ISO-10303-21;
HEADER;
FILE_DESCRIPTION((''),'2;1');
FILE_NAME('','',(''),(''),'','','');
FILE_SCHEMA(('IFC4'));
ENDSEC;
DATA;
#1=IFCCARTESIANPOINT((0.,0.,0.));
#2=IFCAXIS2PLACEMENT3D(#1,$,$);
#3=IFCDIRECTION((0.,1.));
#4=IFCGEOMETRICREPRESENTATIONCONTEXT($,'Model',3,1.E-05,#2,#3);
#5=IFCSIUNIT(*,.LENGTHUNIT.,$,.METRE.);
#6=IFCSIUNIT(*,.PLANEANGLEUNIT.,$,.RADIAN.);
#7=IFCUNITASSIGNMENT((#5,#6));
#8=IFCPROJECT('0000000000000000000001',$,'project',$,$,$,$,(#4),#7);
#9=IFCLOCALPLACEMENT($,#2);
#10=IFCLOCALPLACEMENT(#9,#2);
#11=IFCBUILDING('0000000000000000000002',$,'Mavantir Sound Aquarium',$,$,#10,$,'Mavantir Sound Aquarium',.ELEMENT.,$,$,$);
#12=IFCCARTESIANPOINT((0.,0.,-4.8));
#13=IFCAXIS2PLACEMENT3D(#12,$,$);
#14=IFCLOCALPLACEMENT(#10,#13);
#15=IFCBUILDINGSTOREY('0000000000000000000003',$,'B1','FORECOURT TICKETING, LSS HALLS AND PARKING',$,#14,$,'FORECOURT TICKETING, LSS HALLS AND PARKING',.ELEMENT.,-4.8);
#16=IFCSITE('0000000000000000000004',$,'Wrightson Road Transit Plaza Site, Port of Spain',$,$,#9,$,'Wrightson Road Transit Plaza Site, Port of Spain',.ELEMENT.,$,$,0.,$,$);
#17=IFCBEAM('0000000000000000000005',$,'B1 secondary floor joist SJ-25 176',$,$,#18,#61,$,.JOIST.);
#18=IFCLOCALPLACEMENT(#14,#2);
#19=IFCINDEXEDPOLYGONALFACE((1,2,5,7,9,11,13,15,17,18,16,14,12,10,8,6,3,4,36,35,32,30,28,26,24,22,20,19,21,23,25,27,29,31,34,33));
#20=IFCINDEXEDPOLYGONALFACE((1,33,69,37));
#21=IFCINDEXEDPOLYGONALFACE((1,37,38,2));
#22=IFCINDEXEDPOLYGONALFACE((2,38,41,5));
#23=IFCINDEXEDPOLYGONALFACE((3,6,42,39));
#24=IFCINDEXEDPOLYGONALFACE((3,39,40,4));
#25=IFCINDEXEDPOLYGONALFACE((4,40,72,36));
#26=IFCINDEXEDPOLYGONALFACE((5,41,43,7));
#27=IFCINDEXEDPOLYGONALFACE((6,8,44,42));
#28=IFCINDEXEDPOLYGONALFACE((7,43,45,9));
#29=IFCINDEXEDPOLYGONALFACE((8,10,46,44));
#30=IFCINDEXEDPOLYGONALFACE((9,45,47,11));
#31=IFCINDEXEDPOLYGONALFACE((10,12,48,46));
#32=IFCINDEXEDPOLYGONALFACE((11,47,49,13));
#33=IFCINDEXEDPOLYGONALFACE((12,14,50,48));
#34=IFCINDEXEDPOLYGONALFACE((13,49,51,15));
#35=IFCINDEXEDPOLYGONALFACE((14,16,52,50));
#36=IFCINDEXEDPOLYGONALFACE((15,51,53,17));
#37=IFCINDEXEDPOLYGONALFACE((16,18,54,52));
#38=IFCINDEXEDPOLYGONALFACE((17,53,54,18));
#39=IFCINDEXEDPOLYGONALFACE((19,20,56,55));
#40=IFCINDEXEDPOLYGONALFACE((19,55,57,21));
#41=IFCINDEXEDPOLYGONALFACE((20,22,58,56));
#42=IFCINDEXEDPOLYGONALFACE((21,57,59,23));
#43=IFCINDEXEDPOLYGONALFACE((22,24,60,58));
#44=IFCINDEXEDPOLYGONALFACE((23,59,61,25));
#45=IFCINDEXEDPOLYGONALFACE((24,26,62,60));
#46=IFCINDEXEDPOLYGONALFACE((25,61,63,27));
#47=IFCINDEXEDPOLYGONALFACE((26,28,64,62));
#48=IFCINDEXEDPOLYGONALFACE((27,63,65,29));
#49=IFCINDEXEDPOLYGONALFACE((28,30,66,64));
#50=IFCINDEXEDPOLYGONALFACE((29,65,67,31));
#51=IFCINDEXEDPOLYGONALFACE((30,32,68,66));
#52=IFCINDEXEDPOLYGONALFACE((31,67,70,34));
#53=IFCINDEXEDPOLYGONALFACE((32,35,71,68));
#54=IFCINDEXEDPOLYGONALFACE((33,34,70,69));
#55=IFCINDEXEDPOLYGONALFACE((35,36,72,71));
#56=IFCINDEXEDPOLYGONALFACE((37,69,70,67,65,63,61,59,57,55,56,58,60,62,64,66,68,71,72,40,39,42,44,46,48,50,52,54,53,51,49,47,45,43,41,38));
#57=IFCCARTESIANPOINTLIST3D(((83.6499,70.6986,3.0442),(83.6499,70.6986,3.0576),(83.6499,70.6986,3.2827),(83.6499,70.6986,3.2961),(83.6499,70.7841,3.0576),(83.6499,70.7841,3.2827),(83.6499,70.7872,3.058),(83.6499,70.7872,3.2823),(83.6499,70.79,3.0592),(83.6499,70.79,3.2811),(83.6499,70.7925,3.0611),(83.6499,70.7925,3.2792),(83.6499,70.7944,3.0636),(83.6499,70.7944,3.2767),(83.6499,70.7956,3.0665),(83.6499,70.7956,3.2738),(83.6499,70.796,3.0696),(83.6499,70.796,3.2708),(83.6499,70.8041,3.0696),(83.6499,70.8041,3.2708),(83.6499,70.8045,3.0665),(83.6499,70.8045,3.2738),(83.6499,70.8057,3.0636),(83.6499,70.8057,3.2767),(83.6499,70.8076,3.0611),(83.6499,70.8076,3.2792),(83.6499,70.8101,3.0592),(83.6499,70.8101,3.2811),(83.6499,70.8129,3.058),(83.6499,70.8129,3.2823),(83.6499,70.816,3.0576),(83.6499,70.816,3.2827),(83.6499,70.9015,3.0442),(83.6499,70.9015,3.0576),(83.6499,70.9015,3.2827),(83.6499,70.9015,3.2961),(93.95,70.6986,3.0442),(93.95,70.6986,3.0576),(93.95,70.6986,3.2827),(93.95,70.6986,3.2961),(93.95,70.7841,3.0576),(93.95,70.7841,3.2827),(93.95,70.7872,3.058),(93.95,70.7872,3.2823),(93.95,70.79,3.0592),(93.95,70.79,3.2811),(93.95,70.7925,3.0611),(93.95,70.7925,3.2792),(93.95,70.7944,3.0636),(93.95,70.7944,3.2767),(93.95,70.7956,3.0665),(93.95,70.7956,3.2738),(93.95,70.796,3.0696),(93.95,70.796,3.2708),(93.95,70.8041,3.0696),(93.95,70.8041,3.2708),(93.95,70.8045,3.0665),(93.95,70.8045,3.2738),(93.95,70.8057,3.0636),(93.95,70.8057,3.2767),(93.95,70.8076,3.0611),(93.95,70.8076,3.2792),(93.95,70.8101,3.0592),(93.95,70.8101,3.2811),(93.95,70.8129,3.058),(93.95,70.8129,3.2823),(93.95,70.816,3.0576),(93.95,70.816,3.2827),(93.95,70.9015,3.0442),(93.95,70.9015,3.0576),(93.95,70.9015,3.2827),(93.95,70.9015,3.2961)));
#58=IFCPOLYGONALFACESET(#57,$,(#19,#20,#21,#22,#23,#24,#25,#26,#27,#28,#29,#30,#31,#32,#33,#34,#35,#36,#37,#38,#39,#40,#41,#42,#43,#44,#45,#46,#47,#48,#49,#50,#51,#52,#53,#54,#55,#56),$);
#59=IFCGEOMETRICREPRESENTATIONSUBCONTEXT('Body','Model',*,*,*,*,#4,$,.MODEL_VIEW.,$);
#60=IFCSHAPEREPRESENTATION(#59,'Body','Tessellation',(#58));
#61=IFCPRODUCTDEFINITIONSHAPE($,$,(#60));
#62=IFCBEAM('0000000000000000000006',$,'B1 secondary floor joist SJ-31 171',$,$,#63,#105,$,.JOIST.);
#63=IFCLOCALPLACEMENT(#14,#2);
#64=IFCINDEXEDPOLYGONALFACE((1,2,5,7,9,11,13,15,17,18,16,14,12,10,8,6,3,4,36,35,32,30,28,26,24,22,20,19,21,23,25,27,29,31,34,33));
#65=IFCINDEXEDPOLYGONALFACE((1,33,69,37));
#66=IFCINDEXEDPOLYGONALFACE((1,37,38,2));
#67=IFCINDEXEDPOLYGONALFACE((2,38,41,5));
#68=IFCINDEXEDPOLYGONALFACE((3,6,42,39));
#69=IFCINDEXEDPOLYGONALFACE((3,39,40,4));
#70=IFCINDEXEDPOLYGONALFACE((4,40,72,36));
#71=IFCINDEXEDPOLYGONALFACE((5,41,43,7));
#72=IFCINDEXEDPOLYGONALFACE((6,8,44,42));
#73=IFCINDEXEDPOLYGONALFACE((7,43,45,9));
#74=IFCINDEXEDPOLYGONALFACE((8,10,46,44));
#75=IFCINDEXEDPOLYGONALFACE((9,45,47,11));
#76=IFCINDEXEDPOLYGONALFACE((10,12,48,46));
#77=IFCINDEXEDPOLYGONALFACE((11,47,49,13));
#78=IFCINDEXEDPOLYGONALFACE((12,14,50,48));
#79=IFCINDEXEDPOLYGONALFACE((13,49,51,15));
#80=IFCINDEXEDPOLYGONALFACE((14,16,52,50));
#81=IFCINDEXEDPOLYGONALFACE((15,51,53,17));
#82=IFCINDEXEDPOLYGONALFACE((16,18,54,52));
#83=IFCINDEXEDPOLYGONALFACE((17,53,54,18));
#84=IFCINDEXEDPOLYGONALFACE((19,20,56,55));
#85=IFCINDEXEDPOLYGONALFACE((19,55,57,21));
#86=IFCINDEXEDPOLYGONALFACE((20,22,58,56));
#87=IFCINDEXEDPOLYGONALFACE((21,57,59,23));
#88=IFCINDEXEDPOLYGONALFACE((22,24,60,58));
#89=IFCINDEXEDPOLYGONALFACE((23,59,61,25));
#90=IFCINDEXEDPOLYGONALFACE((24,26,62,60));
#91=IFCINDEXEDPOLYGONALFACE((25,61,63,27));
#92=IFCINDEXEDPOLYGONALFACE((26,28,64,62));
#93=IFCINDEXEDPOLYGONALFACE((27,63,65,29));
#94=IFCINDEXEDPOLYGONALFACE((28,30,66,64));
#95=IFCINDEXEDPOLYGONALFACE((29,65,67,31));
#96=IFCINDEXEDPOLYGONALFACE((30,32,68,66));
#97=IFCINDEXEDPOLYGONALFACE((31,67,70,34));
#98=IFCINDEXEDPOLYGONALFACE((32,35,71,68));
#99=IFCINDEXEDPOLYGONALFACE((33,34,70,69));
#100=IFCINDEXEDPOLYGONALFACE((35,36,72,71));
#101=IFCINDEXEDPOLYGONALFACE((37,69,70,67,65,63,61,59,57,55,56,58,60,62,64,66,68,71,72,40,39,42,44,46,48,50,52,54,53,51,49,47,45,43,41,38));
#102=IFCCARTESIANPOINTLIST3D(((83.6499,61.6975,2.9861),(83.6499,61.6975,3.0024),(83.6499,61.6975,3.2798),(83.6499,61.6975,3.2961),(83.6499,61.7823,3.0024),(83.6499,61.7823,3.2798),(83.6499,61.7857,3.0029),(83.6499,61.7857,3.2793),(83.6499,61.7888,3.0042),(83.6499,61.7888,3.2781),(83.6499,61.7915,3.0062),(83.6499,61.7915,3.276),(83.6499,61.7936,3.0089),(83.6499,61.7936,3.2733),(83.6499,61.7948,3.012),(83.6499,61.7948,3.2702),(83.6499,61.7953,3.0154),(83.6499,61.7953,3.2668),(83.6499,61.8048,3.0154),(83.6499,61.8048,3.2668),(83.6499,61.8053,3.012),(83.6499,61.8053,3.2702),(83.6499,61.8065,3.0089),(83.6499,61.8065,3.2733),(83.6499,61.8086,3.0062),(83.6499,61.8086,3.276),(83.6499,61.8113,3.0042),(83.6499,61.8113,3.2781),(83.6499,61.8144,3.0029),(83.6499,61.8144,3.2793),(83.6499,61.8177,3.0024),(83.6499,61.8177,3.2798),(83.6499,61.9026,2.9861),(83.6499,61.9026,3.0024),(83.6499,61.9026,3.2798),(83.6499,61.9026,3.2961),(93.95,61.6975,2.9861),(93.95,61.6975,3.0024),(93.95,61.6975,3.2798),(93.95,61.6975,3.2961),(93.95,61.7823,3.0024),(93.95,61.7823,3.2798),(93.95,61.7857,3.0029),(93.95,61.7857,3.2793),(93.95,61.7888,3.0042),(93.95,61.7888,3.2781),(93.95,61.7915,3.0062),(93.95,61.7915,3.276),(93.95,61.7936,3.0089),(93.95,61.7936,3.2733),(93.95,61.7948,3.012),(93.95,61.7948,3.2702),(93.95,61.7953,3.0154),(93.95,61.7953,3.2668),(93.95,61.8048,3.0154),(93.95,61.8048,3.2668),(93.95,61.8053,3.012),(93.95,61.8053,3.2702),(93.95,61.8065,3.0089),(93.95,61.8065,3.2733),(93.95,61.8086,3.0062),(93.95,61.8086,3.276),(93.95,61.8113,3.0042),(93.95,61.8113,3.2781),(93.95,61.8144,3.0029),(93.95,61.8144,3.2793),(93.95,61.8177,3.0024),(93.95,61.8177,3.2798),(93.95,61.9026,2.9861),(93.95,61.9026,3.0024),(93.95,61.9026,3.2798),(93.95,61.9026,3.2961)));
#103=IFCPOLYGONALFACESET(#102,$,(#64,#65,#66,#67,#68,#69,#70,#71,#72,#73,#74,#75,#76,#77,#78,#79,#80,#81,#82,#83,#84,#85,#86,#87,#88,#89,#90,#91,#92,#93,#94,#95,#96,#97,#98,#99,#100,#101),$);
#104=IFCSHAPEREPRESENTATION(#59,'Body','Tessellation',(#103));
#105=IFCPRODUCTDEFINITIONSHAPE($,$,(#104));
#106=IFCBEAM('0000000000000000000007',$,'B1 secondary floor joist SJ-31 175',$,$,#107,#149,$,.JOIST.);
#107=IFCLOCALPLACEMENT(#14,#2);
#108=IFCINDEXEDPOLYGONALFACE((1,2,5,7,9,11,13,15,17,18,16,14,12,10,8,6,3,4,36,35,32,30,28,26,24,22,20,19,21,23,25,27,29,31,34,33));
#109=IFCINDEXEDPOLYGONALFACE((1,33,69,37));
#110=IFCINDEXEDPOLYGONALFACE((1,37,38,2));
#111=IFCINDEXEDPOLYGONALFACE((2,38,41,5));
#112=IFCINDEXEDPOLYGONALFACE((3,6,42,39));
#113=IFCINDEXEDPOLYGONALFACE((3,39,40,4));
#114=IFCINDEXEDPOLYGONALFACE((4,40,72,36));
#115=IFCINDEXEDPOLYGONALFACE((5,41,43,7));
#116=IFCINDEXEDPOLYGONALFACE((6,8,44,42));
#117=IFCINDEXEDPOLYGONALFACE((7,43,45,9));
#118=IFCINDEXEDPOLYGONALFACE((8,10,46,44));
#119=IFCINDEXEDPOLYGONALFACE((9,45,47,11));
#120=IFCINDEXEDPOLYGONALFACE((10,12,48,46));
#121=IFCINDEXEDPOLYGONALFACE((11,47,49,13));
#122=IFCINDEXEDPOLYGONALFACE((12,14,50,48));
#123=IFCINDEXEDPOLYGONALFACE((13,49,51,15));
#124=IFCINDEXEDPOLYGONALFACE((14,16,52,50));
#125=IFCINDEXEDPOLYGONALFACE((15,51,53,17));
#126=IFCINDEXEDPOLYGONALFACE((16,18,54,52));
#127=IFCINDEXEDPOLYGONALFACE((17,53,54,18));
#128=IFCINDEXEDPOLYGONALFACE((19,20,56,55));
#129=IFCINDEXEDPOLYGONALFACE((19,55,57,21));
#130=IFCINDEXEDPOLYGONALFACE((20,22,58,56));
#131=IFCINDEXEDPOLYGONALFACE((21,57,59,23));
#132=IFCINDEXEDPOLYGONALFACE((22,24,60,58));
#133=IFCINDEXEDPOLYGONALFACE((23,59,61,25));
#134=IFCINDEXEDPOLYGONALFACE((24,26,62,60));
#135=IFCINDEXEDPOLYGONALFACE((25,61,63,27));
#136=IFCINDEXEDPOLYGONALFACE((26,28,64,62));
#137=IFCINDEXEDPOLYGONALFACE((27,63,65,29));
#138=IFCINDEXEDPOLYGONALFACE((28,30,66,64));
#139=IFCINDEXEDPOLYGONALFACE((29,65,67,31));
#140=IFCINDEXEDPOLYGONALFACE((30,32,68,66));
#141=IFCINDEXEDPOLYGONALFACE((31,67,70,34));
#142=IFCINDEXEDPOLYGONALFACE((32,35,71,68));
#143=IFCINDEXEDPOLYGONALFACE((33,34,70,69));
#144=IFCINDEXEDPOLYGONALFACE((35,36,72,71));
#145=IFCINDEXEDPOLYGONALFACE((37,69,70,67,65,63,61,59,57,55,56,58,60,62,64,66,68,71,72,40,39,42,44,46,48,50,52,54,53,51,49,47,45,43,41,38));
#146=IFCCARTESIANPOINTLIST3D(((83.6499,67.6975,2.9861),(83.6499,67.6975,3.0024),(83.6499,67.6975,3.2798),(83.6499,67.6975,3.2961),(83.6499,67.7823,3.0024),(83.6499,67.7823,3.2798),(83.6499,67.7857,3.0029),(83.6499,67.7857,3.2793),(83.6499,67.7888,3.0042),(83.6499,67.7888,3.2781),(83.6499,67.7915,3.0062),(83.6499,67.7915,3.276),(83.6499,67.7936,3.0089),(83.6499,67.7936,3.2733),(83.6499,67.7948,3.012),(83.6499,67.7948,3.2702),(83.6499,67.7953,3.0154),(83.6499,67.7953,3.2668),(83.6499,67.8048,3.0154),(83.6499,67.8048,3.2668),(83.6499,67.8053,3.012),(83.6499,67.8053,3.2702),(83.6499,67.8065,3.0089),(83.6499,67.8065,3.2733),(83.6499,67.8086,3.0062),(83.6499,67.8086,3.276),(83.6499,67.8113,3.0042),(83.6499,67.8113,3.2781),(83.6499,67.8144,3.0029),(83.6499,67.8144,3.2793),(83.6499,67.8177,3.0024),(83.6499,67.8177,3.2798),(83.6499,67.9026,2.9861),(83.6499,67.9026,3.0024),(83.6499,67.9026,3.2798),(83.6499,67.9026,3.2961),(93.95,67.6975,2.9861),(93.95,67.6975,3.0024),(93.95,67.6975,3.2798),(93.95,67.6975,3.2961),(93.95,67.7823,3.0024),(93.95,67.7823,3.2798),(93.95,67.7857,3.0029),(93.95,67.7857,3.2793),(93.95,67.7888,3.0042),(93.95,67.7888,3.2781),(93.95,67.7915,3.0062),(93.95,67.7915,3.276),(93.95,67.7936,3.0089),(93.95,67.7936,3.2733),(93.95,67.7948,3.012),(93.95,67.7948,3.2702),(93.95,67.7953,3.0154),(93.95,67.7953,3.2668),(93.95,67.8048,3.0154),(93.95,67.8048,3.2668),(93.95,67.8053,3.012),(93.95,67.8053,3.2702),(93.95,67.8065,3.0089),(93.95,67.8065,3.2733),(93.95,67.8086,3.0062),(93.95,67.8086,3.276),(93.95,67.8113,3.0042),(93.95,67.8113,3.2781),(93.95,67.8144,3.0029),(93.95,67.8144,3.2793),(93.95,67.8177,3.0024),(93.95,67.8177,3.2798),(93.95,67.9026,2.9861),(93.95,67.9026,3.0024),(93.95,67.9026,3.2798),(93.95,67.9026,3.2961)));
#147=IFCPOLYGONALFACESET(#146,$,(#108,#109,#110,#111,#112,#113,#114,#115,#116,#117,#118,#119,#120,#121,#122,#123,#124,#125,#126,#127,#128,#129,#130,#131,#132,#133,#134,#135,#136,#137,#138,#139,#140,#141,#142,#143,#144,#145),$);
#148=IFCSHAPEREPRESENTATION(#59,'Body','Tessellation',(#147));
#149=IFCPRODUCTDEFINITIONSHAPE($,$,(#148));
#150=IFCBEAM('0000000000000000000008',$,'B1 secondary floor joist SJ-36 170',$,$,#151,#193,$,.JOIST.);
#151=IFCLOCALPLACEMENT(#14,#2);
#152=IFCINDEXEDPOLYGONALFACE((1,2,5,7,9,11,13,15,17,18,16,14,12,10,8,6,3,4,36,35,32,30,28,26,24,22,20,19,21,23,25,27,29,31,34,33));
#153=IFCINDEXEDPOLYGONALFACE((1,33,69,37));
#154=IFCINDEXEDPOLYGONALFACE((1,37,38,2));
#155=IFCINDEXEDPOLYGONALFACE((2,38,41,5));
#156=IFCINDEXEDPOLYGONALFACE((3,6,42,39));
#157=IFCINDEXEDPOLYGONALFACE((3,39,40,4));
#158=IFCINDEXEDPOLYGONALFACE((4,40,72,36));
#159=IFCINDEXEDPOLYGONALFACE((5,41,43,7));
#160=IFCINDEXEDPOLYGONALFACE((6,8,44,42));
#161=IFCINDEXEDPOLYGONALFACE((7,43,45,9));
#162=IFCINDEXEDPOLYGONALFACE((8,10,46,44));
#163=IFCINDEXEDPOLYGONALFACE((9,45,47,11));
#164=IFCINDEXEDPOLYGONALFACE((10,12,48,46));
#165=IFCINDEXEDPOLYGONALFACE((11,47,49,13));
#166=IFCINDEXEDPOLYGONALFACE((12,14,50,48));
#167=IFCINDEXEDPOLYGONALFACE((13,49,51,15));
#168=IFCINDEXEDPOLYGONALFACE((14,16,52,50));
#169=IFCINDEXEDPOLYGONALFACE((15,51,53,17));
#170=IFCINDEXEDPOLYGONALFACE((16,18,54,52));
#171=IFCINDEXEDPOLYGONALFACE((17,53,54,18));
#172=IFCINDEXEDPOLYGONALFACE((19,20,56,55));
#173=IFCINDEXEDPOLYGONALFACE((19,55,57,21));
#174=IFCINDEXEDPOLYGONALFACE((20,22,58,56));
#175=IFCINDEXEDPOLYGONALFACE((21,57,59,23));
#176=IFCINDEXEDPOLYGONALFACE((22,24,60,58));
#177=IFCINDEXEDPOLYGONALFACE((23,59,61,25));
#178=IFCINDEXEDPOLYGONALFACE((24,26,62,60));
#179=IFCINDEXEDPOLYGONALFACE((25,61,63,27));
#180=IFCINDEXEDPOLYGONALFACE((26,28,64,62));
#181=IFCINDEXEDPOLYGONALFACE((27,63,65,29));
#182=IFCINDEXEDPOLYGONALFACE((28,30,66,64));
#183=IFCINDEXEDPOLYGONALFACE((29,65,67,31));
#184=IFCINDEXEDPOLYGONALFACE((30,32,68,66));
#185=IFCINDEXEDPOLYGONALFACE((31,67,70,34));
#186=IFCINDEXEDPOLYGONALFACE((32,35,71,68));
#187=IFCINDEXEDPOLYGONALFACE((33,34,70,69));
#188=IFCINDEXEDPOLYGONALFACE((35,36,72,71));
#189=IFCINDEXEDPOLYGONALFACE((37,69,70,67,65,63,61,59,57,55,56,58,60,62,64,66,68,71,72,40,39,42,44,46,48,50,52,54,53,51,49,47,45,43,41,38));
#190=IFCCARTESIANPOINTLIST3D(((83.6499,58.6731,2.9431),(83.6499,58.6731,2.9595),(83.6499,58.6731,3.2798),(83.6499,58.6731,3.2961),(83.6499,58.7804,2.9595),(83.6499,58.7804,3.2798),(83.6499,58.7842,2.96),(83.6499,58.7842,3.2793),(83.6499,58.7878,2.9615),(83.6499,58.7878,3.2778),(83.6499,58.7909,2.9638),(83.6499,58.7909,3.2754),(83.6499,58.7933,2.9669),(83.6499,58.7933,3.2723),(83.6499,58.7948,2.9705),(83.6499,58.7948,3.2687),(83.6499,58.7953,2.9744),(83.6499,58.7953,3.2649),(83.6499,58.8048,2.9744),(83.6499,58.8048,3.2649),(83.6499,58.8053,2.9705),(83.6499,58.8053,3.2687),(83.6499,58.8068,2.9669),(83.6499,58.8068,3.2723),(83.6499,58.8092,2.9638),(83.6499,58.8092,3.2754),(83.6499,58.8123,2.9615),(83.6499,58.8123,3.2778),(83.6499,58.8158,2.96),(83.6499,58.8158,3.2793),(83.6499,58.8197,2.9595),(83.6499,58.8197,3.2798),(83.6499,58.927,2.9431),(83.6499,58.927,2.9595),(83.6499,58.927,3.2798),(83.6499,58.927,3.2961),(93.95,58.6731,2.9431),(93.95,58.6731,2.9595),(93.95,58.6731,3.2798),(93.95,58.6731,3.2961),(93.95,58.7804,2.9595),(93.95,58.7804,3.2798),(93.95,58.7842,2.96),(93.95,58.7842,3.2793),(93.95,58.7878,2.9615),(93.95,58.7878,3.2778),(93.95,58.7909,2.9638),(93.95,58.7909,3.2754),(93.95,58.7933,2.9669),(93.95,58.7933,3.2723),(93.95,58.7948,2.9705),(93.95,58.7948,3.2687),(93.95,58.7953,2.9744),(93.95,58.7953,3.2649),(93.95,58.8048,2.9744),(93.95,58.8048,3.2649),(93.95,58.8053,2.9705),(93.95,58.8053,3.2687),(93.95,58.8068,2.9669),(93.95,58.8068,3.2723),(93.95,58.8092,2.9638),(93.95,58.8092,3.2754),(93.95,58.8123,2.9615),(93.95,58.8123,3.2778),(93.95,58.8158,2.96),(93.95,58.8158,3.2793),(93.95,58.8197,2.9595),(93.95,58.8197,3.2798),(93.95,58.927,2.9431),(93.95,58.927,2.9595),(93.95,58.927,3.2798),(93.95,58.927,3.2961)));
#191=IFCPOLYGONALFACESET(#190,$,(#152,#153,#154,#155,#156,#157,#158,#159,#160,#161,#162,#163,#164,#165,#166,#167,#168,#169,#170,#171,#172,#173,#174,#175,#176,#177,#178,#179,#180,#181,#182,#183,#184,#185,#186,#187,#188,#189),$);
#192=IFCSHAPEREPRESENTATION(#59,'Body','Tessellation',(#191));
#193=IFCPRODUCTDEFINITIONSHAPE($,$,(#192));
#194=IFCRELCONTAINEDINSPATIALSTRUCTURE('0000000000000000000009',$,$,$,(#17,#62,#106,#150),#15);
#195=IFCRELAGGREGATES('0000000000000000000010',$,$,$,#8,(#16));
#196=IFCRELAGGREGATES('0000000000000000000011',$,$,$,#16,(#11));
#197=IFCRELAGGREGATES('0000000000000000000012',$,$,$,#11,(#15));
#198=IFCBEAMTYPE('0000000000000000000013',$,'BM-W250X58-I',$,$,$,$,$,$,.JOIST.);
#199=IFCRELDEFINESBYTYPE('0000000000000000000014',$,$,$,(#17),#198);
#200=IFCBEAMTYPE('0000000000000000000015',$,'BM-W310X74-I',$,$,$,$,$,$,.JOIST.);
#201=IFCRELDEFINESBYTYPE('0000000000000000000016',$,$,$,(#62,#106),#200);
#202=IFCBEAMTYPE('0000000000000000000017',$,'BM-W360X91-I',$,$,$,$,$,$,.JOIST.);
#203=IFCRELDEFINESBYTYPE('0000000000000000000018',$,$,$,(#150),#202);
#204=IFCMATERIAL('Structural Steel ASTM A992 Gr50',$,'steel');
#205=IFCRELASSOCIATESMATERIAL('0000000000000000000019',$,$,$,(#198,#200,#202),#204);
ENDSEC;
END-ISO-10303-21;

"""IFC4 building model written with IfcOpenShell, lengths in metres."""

from ifc_helpers import new_model, si_unit, direction, frame, origin, origin_2d, place, context, subcontext, project, spatial, i_section, extrude, material, material_profile, profile_set, type_object, element, save


model = new_model("IFC4")

# Units and contexts
model_context = context("Model", 3, precision=1e-05, world=origin(), true_north=direction((0.0, 1.0)))
body_context = subcontext(model_context, "Body", "Model", "MODEL_VIEW")
ifc_project = project(units=[si_unit("LENGTHUNIT", "METRE"), si_unit("PLANEANGLEUNIT", "RADIAN")], contexts=[model_context])

# Site, building, storey
site_placement = place(None, origin())
site = spatial("IfcSite", under=ifc_project, at=site_placement, Name="Wrightson Road Transit Plaza Site, Port of Spain", LongName="Wrightson Road Transit Plaza Site, Port of Spain", CompositionType="ELEMENT", RefElevation=0.0)
building_placement = place(site_placement, origin())
building = spatial("IfcBuilding", under=site, at=building_placement, Name="Mavantir Sound Aquarium", LongName="Mavantir Sound Aquarium", CompositionType="ELEMENT")
storey_placement = place(building_placement, frame((0.0, 0.0, -4.8)))
storey = spatial("IfcBuildingStorey", under=building, at=storey_placement, Name="B1", Description="FORECOURT TICKETING, LSS HALLS AND PARKING", LongName="FORECOURT TICKETING, LSS HALLS AND PARKING", CompositionType="ELEMENT", Elevation=-4.8)

# Beams
ifc_material_1 = material(Name="Structural Steel ASTM A992 Gr50", Category="steel")
ifc_material_profile_1 = material_profile(ifc_material_1, i_section(OverallWidth=0.2029, OverallDepth=0.252, WebThickness=0.0081, FlangeThickness=0.0134, FilletRadius=0.012, at=origin_2d()), Name="W250X58")
ifc_profile_set_1 = profile_set([ifc_material_profile_1], Name="Structural Steel ASTM A992 Gr50")
beam_type_1 = type_object("IfcBeamType", Name="BM-W250X58-I", PredefinedType="JOIST", material=ifc_profile_set_1)
beam_1_placement = place(storey_placement, frame((83.6499, 70.8, 3.1702), z_axis=(1.0, 0.0, 0.0), x_axis=(0.0, 1.0, 0.0)))
element("IfcBeam", 1, at=beam_1_placement, inside=storey, type_object=beam_type_1, Name="B1 secondary floor joist SJ-25 176", PredefinedType="JOIST", context=body_context, shape_type="SweptSolid", body=[
    extrude(i_section(OverallWidth=0.2029, OverallDepth=0.252, WebThickness=0.0081, FlangeThickness=0.0134, FilletRadius=0.012, at=origin_2d()), origin(), (0.0, 0.0, 1.0), 10.3),
])
ifc_material_profile_2 = material_profile(ifc_material_1, i_section(OverallWidth=0.2051, OverallDepth=0.3101, WebThickness=0.0095, FlangeThickness=0.0164, FilletRadius=0.0129, at=origin_2d()), Name="W310X74")
ifc_profile_set_2 = profile_set([ifc_material_profile_2], Name="Structural Steel ASTM A992 Gr50")
beam_type_2 = type_object("IfcBeamType", Name="BM-W310X74-I", PredefinedType="JOIST", material=ifc_profile_set_2)
for number, where, z_axis, x_axis, name in (
    (2, (83.6499, 61.8, 3.1411), (1.0, 0.0, 0.0), (0.0, 1.0, 0.0), "B1 secondary floor joist SJ-31 171"),
    (3, (83.6499, 67.8, 3.1411), (1.0, 0.0, 0.0), (0.0, 1.0, 0.0), "B1 secondary floor joist SJ-31 175"),
):
    element("IfcBeam", number, at=place(storey_placement, frame(where, z_axis=z_axis, x_axis=x_axis)), inside=storey, type_object=beam_type_2, Name=name, PredefinedType="JOIST", context=body_context, shape_type="SweptSolid", body=[
        extrude(i_section(OverallWidth=0.2051, OverallDepth=0.3101, WebThickness=0.0095, FlangeThickness=0.0164, FilletRadius=0.0129, at=origin_2d()), origin(), (0.0, 0.0, 1.0), 10.3),
    ])
ifc_material_profile_3 = material_profile(ifc_material_1, i_section(OverallWidth=0.2539, OverallDepth=0.353, WebThickness=0.0095, FlangeThickness=0.0164, FilletRadius=0.0149, at=origin_2d()), Name="W360X91")
ifc_profile_set_3 = profile_set([ifc_material_profile_3], Name="Structural Steel ASTM A992 Gr50")
beam_type_3 = type_object("IfcBeamType", Name="BM-W360X91-I", PredefinedType="JOIST", material=ifc_profile_set_3)
beam_2_placement = place(storey_placement, frame((83.6499, 58.8, 3.1196), z_axis=(1.0, 0.0, 0.0), x_axis=(0.0, 1.0, 0.0)))
element("IfcBeam", 4, at=beam_2_placement, inside=storey, type_object=beam_type_3, Name="B1 secondary floor joist SJ-36 170", PredefinedType="JOIST", context=body_context, shape_type="SweptSolid", body=[
    extrude(i_section(OverallWidth=0.2539, OverallDepth=0.353, WebThickness=0.0095, FlangeThickness=0.0164, FilletRadius=0.0149, at=origin_2d()), origin(), (0.0, 0.0, 1.0), 10.3),
])

save(model, "model.ifc")
